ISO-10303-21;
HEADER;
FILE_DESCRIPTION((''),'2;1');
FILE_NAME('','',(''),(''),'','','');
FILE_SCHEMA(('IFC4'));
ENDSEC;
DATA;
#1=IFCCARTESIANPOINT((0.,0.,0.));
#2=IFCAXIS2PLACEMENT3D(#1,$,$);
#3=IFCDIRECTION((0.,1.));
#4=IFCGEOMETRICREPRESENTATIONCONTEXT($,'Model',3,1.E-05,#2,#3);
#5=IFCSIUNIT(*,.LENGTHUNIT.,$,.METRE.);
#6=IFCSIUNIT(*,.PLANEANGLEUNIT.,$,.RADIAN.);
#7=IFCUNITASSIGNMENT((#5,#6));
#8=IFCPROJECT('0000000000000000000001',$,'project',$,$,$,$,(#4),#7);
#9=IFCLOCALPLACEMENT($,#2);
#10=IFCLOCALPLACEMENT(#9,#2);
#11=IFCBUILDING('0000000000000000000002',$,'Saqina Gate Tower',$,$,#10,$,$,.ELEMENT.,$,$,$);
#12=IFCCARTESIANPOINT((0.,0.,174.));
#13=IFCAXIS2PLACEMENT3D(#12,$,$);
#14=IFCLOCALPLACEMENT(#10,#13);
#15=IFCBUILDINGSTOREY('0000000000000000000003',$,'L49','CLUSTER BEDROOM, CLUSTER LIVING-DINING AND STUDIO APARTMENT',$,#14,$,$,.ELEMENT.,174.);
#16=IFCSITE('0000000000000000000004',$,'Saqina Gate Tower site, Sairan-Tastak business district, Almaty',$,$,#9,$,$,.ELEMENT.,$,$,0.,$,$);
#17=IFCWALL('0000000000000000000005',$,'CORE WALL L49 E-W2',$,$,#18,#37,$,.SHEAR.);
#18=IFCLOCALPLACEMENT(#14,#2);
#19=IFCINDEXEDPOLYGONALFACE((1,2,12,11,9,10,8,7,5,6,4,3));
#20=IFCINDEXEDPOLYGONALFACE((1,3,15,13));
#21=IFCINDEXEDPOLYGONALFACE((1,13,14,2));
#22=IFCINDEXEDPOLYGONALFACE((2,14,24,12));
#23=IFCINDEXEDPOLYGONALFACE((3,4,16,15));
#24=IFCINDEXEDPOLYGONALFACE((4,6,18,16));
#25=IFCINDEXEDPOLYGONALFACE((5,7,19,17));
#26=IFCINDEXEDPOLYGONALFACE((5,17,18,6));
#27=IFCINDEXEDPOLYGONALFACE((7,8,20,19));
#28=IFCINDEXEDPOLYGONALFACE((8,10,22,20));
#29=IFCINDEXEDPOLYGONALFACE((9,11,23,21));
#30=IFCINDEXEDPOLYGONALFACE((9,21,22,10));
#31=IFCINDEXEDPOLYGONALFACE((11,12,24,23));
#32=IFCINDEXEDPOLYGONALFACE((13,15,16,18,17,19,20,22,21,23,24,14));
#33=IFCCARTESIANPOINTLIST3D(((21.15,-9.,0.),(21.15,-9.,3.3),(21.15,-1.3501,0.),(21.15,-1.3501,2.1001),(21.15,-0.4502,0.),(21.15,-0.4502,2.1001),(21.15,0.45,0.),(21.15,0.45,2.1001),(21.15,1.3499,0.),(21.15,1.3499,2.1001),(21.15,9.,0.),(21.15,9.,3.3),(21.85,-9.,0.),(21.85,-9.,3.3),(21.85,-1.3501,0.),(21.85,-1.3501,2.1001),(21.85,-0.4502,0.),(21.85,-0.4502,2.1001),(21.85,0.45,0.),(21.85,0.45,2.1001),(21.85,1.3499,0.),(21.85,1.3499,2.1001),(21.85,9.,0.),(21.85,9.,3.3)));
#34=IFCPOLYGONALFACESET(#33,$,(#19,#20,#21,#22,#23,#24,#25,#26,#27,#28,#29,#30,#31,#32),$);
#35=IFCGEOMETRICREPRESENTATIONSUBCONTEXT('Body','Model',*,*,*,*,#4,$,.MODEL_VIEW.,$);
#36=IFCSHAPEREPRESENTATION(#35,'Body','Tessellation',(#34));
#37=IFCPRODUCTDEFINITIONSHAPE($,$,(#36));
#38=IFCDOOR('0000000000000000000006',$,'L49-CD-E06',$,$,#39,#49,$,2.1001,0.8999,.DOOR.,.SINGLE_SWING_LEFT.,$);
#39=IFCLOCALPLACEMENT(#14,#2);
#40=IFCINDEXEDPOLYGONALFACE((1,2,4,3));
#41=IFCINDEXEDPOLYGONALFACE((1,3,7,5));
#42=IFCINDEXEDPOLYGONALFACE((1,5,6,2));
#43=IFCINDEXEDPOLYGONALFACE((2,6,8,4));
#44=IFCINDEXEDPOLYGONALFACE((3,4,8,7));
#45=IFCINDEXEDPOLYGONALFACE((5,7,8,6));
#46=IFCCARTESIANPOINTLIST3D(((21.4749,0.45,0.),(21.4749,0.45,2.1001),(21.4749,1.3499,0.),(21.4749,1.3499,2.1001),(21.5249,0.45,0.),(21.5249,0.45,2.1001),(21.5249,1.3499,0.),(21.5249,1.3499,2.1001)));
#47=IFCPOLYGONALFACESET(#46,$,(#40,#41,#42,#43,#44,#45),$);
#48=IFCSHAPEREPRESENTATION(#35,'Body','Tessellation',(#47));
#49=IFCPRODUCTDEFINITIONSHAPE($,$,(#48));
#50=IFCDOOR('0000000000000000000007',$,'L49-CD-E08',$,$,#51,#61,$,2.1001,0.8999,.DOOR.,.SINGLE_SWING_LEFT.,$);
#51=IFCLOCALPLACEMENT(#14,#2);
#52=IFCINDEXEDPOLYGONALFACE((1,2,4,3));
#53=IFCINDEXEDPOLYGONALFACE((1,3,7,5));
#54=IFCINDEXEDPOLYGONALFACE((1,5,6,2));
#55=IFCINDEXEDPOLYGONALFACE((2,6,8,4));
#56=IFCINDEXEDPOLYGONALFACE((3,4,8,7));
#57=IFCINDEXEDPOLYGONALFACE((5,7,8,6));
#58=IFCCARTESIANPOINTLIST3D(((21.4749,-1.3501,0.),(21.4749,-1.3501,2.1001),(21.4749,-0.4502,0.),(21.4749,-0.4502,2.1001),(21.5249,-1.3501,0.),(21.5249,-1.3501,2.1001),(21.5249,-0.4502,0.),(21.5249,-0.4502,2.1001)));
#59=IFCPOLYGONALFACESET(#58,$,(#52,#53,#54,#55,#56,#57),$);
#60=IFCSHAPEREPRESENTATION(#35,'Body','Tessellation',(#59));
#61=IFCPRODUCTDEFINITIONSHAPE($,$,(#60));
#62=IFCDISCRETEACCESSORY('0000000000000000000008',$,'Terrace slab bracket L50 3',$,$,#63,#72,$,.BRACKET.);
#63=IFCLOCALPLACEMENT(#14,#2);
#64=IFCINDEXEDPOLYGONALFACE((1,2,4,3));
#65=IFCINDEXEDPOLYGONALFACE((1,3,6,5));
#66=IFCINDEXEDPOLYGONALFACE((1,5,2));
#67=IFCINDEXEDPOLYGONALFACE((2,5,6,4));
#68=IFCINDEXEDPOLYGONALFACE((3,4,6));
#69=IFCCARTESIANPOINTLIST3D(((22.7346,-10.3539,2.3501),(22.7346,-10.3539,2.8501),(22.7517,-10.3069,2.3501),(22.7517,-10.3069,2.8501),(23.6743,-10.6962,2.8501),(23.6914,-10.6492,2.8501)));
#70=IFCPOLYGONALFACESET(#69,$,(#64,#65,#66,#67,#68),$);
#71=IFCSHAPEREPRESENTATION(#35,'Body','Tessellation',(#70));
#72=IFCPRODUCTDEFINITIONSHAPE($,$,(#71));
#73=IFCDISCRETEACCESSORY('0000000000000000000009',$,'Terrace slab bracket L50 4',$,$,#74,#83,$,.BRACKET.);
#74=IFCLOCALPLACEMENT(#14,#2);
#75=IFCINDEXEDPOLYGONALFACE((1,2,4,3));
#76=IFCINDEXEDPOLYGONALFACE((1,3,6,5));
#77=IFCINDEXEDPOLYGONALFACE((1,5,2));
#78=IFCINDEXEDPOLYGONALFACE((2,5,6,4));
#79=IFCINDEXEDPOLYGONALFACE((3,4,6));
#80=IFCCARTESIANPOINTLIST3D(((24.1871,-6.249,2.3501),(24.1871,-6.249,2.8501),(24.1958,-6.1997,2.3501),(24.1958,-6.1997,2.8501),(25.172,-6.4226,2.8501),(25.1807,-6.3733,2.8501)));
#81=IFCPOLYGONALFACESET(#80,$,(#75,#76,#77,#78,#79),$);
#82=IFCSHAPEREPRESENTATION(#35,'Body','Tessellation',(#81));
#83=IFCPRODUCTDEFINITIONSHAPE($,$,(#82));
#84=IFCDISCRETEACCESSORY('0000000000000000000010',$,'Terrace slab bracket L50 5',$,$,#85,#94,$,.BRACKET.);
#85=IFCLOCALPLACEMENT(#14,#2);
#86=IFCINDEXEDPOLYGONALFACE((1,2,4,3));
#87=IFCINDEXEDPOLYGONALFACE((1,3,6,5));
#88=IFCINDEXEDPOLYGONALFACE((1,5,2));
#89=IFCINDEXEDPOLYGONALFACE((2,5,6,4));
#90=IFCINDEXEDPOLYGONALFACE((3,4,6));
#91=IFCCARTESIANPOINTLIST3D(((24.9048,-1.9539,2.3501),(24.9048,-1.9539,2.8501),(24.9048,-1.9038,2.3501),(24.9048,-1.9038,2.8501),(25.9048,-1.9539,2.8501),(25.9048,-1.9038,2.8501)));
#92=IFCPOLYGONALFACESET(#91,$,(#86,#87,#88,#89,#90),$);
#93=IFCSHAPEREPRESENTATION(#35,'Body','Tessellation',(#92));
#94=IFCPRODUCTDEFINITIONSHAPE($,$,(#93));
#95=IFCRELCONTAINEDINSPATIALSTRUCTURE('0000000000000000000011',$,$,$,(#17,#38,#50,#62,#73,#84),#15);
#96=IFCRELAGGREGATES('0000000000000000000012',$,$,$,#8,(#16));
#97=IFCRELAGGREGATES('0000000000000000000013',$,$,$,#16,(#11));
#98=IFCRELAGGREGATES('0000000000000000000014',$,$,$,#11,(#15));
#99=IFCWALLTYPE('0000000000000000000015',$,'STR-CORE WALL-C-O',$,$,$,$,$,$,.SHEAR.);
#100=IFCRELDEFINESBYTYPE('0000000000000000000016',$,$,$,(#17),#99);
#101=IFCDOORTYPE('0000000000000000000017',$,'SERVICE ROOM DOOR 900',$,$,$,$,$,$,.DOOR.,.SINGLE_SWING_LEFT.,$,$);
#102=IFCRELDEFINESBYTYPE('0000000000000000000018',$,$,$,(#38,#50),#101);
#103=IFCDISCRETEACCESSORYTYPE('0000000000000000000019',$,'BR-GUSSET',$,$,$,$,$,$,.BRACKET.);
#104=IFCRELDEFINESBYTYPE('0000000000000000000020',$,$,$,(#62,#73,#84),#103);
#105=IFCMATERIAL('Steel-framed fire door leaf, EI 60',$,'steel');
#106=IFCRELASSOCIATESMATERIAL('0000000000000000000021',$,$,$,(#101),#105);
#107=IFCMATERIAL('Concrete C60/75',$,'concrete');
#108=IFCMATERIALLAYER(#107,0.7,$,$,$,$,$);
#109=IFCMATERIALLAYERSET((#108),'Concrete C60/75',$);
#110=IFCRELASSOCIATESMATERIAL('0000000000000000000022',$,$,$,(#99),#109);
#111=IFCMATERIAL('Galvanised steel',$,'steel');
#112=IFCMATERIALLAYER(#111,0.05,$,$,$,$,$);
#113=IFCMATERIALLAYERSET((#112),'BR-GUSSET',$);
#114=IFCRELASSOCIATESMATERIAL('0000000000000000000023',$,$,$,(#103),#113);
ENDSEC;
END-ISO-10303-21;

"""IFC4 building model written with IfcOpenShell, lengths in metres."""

from ifc_helpers import new_model, si_unit, direction, frame, frame_2d, origin, place, context, subcontext, project, spatial, polyline, rectangle, outline, extrude, material, layer, layer_set, type_object, element, fill, save


model = new_model("IFC4")

# Units and contexts
model_context = context("Model", 3, precision=1e-05, world=origin(), true_north=direction((0.0, 1.0)))
body_context = subcontext(model_context, "Body", "Model", "MODEL_VIEW")
ifc_project = project(units=[si_unit("LENGTHUNIT", "METRE"), si_unit("PLANEANGLEUNIT", "RADIAN")], contexts=[model_context])

# Site, building, storey
site_placement = place(None, origin())
site = spatial("IfcSite", under=ifc_project, at=site_placement, Name="Saqina Gate Tower site, Sairan-Tastak business district, Almaty", CompositionType="ELEMENT", RefElevation=0.0)
building_placement = place(site_placement, origin())
building = spatial("IfcBuilding", under=site, at=building_placement, Name="Saqina Gate Tower", CompositionType="ELEMENT")
storey_placement = place(building_placement, frame((0.0, 0.0, 174.0)))
storey = spatial("IfcBuildingStorey", under=building, at=storey_placement, Name="L49", Description="CLUSTER BEDROOM, CLUSTER LIVING-DINING AND STUDIO APARTMENT", CompositionType="ELEMENT", Elevation=174.0)

# Shared definitions
ifc_material_1 = material(Name="Steel-framed fire door leaf, EI 60", Category="steel")
door_type = type_object("IfcDoorType", Name="SERVICE ROOM DOOR 900", OperationType="SINGLE_SWING_LEFT", PredefinedType="DOOR", material=ifc_material_1)

# Wall, openings, doors
ifc_material_2 = material(Name="Concrete C60/75", Category="concrete")
ifc_layer_1 = layer(ifc_material_2, 0.7)
ifc_layer_set_1 = layer_set([ifc_layer_1], Name="Concrete C60/75")
wall_type_1 = type_object("IfcWallType", Name="STR-CORE WALL-C-O", PredefinedType="SHEAR", material=ifc_layer_set_1)
wall_1_placement = place(storey_placement, frame((21.5, -9.0, 0.0), z_axis=(0.0, 0.0, 1.0), x_axis=(0.0, 1.0, 0.0)))
wall_1 = element("IfcWall", 1, at=wall_1_placement, inside=storey, type_object=wall_type_1, Name="CORE WALL L49 E-W2", PredefinedType="SHEAR", context=body_context, shape_type="SweptSolid", body=[
    extrude(rectangle(XDim=18.0, YDim=0.7, at=frame_2d((9.0, 0.0))), origin(), (0.0, 0.0, 1.0), 3.3),
])
opening_1_placement = place(wall_1_placement, frame((9.45, 0.0, 0.0)))
opening_1 = element("IfcOpeningElement", 2, at=opening_1_placement, cuts=wall_1, PredefinedType="OPENING", context=body_context, shape_type="SweptSolid", body=[
    extrude(rectangle(XDim=0.8999, YDim=2.1001, at=frame_2d((0.45, 1.05))), frame((0.0, 0.3621, 0.0), z_axis=(0.0, -1.0, 0.0), x_axis=(1.0, 0.0, 0.0)), (0.0, 0.0, 1.0), 0.7239),
])
opening_2_placement = place(wall_1_placement, frame((7.6499, 0.0, 0.0)))
opening_2 = element("IfcOpeningElement", 3, at=opening_2_placement, cuts=wall_1, PredefinedType="OPENING", context=body_context, shape_type="SweptSolid", body=[
    extrude(rectangle(XDim=0.8999, YDim=2.1001, at=frame_2d((0.45, 1.05))), frame((0.0, 0.3621, 0.0), z_axis=(0.0, -1.0, 0.0), x_axis=(1.0, 0.0, 0.0)), (0.0, 0.0, 1.0), 0.7239),
])
door_1_placement = place(opening_1_placement, frame((0.8999, 0.0, 0.0), z_axis=(0.0, 0.0, 1.0), x_axis=(-1.0, 0.0, 0.0)))
door_1 = element("IfcDoor", 4, at=door_1_placement, inside=storey, type_object=door_type, Name="L49-CD-E06", OperationType="SINGLE_SWING_LEFT", OverallHeight=2.1001, OverallWidth=0.8999, PredefinedType="DOOR", context=body_context, shape_type="SweptSolid", body=[
    extrude(rectangle(XDim=0.8999, YDim=2.1001, at=frame_2d((0.45, 1.05))), frame((0.0, 0.0249, 0.0), z_axis=(0.0, -1.0, 0.0), x_axis=(1.0, 0.0, 0.0)), (0.0, 0.0, 1.0), 0.05),
])
fill(opening_1, door_1)
door_2_placement = place(opening_2_placement, frame((0.8999, 0.0, 0.0), z_axis=(0.0, 0.0, 1.0), x_axis=(-1.0, 0.0, 0.0)))
door_2 = element("IfcDoor", 5, at=door_2_placement, inside=storey, type_object=door_type, Name="L49-CD-E08", OperationType="SINGLE_SWING_LEFT", OverallHeight=2.1001, OverallWidth=0.8999, PredefinedType="DOOR", context=body_context, shape_type="SweptSolid", body=[
    extrude(rectangle(XDim=0.8999, YDim=2.1001, at=frame_2d((0.45, 1.05))), frame((0.0, 0.0249, 0.0), z_axis=(0.0, -1.0, 0.0), x_axis=(1.0, 0.0, 0.0)), (0.0, 0.0, 1.0), 0.05),
])
fill(opening_2, door_2)

# Discrete accessories
ifc_material_3 = material(Name="Galvanised steel", Category="steel")
ifc_layer_2 = layer(ifc_material_3, 0.05)
ifc_layer_set_2 = layer_set([ifc_layer_2], Name="BR-GUSSET")
discrete_accessory_type = type_object("IfcDiscreteAccessoryType", Name="BR-GUSSET", PredefinedType="BRACKET", material=ifc_layer_set_2)
discrete_accessory_1_placement = place(storey_placement, frame((22.7517, -10.3069, 2.3501), z_axis=(0.342253, 0.939608, 0.0), x_axis=(0.0, 0.0, 1.0)))
element("IfcDiscreteAccessory", 6, at=discrete_accessory_1_placement, inside=storey, type_object=discrete_accessory_type, Name="Terrace slab bracket L50 3", PredefinedType="BRACKET", context=body_context, shape_type="SweptSolid", body=[
    extrude(outline(polyline([(0.0, 0.0), (0.5, 0.0), (0.5, 1.0001), (0.0, 0.0)])), origin(), (0.0, 0.0, -1.0), 0.05),
])
discrete_accessory_2_placement = place(storey_placement, frame((24.1958, -6.1997, 2.3501), z_axis=(0.173576, 0.98482, 0.0), x_axis=(0.0, 0.0, 1.0)))
element("IfcDiscreteAccessory", 7, at=discrete_accessory_2_placement, inside=storey, type_object=discrete_accessory_type, Name="Terrace slab bracket L50 4", PredefinedType="BRACKET", context=body_context, shape_type="SweptSolid", body=[
    extrude(outline(polyline([(0.0, 0.0), (0.5, 0.0), (0.5, 1.0), (0.0, 0.0)])), origin(), (0.0, 0.0, -1.0), 0.05),
])
discrete_accessory_3_placement = place(storey_placement, frame((24.9048, -1.9038, 2.3501), z_axis=(0.0, 1.0, 0.0), x_axis=(0.0, 0.0, 1.0)))
element("IfcDiscreteAccessory", 8, at=discrete_accessory_3_placement, inside=storey, type_object=discrete_accessory_type, Name="Terrace slab bracket L50 5", PredefinedType="BRACKET", context=body_context, shape_type="SweptSolid", body=[
    extrude(outline(polyline([(0.0, 0.0), (0.5, 0.0), (0.5, 1.0), (0.0, 0.0)])), origin(), (0.0, 0.0, -1.0), 0.05),
])

save(model, "model.ifc")
